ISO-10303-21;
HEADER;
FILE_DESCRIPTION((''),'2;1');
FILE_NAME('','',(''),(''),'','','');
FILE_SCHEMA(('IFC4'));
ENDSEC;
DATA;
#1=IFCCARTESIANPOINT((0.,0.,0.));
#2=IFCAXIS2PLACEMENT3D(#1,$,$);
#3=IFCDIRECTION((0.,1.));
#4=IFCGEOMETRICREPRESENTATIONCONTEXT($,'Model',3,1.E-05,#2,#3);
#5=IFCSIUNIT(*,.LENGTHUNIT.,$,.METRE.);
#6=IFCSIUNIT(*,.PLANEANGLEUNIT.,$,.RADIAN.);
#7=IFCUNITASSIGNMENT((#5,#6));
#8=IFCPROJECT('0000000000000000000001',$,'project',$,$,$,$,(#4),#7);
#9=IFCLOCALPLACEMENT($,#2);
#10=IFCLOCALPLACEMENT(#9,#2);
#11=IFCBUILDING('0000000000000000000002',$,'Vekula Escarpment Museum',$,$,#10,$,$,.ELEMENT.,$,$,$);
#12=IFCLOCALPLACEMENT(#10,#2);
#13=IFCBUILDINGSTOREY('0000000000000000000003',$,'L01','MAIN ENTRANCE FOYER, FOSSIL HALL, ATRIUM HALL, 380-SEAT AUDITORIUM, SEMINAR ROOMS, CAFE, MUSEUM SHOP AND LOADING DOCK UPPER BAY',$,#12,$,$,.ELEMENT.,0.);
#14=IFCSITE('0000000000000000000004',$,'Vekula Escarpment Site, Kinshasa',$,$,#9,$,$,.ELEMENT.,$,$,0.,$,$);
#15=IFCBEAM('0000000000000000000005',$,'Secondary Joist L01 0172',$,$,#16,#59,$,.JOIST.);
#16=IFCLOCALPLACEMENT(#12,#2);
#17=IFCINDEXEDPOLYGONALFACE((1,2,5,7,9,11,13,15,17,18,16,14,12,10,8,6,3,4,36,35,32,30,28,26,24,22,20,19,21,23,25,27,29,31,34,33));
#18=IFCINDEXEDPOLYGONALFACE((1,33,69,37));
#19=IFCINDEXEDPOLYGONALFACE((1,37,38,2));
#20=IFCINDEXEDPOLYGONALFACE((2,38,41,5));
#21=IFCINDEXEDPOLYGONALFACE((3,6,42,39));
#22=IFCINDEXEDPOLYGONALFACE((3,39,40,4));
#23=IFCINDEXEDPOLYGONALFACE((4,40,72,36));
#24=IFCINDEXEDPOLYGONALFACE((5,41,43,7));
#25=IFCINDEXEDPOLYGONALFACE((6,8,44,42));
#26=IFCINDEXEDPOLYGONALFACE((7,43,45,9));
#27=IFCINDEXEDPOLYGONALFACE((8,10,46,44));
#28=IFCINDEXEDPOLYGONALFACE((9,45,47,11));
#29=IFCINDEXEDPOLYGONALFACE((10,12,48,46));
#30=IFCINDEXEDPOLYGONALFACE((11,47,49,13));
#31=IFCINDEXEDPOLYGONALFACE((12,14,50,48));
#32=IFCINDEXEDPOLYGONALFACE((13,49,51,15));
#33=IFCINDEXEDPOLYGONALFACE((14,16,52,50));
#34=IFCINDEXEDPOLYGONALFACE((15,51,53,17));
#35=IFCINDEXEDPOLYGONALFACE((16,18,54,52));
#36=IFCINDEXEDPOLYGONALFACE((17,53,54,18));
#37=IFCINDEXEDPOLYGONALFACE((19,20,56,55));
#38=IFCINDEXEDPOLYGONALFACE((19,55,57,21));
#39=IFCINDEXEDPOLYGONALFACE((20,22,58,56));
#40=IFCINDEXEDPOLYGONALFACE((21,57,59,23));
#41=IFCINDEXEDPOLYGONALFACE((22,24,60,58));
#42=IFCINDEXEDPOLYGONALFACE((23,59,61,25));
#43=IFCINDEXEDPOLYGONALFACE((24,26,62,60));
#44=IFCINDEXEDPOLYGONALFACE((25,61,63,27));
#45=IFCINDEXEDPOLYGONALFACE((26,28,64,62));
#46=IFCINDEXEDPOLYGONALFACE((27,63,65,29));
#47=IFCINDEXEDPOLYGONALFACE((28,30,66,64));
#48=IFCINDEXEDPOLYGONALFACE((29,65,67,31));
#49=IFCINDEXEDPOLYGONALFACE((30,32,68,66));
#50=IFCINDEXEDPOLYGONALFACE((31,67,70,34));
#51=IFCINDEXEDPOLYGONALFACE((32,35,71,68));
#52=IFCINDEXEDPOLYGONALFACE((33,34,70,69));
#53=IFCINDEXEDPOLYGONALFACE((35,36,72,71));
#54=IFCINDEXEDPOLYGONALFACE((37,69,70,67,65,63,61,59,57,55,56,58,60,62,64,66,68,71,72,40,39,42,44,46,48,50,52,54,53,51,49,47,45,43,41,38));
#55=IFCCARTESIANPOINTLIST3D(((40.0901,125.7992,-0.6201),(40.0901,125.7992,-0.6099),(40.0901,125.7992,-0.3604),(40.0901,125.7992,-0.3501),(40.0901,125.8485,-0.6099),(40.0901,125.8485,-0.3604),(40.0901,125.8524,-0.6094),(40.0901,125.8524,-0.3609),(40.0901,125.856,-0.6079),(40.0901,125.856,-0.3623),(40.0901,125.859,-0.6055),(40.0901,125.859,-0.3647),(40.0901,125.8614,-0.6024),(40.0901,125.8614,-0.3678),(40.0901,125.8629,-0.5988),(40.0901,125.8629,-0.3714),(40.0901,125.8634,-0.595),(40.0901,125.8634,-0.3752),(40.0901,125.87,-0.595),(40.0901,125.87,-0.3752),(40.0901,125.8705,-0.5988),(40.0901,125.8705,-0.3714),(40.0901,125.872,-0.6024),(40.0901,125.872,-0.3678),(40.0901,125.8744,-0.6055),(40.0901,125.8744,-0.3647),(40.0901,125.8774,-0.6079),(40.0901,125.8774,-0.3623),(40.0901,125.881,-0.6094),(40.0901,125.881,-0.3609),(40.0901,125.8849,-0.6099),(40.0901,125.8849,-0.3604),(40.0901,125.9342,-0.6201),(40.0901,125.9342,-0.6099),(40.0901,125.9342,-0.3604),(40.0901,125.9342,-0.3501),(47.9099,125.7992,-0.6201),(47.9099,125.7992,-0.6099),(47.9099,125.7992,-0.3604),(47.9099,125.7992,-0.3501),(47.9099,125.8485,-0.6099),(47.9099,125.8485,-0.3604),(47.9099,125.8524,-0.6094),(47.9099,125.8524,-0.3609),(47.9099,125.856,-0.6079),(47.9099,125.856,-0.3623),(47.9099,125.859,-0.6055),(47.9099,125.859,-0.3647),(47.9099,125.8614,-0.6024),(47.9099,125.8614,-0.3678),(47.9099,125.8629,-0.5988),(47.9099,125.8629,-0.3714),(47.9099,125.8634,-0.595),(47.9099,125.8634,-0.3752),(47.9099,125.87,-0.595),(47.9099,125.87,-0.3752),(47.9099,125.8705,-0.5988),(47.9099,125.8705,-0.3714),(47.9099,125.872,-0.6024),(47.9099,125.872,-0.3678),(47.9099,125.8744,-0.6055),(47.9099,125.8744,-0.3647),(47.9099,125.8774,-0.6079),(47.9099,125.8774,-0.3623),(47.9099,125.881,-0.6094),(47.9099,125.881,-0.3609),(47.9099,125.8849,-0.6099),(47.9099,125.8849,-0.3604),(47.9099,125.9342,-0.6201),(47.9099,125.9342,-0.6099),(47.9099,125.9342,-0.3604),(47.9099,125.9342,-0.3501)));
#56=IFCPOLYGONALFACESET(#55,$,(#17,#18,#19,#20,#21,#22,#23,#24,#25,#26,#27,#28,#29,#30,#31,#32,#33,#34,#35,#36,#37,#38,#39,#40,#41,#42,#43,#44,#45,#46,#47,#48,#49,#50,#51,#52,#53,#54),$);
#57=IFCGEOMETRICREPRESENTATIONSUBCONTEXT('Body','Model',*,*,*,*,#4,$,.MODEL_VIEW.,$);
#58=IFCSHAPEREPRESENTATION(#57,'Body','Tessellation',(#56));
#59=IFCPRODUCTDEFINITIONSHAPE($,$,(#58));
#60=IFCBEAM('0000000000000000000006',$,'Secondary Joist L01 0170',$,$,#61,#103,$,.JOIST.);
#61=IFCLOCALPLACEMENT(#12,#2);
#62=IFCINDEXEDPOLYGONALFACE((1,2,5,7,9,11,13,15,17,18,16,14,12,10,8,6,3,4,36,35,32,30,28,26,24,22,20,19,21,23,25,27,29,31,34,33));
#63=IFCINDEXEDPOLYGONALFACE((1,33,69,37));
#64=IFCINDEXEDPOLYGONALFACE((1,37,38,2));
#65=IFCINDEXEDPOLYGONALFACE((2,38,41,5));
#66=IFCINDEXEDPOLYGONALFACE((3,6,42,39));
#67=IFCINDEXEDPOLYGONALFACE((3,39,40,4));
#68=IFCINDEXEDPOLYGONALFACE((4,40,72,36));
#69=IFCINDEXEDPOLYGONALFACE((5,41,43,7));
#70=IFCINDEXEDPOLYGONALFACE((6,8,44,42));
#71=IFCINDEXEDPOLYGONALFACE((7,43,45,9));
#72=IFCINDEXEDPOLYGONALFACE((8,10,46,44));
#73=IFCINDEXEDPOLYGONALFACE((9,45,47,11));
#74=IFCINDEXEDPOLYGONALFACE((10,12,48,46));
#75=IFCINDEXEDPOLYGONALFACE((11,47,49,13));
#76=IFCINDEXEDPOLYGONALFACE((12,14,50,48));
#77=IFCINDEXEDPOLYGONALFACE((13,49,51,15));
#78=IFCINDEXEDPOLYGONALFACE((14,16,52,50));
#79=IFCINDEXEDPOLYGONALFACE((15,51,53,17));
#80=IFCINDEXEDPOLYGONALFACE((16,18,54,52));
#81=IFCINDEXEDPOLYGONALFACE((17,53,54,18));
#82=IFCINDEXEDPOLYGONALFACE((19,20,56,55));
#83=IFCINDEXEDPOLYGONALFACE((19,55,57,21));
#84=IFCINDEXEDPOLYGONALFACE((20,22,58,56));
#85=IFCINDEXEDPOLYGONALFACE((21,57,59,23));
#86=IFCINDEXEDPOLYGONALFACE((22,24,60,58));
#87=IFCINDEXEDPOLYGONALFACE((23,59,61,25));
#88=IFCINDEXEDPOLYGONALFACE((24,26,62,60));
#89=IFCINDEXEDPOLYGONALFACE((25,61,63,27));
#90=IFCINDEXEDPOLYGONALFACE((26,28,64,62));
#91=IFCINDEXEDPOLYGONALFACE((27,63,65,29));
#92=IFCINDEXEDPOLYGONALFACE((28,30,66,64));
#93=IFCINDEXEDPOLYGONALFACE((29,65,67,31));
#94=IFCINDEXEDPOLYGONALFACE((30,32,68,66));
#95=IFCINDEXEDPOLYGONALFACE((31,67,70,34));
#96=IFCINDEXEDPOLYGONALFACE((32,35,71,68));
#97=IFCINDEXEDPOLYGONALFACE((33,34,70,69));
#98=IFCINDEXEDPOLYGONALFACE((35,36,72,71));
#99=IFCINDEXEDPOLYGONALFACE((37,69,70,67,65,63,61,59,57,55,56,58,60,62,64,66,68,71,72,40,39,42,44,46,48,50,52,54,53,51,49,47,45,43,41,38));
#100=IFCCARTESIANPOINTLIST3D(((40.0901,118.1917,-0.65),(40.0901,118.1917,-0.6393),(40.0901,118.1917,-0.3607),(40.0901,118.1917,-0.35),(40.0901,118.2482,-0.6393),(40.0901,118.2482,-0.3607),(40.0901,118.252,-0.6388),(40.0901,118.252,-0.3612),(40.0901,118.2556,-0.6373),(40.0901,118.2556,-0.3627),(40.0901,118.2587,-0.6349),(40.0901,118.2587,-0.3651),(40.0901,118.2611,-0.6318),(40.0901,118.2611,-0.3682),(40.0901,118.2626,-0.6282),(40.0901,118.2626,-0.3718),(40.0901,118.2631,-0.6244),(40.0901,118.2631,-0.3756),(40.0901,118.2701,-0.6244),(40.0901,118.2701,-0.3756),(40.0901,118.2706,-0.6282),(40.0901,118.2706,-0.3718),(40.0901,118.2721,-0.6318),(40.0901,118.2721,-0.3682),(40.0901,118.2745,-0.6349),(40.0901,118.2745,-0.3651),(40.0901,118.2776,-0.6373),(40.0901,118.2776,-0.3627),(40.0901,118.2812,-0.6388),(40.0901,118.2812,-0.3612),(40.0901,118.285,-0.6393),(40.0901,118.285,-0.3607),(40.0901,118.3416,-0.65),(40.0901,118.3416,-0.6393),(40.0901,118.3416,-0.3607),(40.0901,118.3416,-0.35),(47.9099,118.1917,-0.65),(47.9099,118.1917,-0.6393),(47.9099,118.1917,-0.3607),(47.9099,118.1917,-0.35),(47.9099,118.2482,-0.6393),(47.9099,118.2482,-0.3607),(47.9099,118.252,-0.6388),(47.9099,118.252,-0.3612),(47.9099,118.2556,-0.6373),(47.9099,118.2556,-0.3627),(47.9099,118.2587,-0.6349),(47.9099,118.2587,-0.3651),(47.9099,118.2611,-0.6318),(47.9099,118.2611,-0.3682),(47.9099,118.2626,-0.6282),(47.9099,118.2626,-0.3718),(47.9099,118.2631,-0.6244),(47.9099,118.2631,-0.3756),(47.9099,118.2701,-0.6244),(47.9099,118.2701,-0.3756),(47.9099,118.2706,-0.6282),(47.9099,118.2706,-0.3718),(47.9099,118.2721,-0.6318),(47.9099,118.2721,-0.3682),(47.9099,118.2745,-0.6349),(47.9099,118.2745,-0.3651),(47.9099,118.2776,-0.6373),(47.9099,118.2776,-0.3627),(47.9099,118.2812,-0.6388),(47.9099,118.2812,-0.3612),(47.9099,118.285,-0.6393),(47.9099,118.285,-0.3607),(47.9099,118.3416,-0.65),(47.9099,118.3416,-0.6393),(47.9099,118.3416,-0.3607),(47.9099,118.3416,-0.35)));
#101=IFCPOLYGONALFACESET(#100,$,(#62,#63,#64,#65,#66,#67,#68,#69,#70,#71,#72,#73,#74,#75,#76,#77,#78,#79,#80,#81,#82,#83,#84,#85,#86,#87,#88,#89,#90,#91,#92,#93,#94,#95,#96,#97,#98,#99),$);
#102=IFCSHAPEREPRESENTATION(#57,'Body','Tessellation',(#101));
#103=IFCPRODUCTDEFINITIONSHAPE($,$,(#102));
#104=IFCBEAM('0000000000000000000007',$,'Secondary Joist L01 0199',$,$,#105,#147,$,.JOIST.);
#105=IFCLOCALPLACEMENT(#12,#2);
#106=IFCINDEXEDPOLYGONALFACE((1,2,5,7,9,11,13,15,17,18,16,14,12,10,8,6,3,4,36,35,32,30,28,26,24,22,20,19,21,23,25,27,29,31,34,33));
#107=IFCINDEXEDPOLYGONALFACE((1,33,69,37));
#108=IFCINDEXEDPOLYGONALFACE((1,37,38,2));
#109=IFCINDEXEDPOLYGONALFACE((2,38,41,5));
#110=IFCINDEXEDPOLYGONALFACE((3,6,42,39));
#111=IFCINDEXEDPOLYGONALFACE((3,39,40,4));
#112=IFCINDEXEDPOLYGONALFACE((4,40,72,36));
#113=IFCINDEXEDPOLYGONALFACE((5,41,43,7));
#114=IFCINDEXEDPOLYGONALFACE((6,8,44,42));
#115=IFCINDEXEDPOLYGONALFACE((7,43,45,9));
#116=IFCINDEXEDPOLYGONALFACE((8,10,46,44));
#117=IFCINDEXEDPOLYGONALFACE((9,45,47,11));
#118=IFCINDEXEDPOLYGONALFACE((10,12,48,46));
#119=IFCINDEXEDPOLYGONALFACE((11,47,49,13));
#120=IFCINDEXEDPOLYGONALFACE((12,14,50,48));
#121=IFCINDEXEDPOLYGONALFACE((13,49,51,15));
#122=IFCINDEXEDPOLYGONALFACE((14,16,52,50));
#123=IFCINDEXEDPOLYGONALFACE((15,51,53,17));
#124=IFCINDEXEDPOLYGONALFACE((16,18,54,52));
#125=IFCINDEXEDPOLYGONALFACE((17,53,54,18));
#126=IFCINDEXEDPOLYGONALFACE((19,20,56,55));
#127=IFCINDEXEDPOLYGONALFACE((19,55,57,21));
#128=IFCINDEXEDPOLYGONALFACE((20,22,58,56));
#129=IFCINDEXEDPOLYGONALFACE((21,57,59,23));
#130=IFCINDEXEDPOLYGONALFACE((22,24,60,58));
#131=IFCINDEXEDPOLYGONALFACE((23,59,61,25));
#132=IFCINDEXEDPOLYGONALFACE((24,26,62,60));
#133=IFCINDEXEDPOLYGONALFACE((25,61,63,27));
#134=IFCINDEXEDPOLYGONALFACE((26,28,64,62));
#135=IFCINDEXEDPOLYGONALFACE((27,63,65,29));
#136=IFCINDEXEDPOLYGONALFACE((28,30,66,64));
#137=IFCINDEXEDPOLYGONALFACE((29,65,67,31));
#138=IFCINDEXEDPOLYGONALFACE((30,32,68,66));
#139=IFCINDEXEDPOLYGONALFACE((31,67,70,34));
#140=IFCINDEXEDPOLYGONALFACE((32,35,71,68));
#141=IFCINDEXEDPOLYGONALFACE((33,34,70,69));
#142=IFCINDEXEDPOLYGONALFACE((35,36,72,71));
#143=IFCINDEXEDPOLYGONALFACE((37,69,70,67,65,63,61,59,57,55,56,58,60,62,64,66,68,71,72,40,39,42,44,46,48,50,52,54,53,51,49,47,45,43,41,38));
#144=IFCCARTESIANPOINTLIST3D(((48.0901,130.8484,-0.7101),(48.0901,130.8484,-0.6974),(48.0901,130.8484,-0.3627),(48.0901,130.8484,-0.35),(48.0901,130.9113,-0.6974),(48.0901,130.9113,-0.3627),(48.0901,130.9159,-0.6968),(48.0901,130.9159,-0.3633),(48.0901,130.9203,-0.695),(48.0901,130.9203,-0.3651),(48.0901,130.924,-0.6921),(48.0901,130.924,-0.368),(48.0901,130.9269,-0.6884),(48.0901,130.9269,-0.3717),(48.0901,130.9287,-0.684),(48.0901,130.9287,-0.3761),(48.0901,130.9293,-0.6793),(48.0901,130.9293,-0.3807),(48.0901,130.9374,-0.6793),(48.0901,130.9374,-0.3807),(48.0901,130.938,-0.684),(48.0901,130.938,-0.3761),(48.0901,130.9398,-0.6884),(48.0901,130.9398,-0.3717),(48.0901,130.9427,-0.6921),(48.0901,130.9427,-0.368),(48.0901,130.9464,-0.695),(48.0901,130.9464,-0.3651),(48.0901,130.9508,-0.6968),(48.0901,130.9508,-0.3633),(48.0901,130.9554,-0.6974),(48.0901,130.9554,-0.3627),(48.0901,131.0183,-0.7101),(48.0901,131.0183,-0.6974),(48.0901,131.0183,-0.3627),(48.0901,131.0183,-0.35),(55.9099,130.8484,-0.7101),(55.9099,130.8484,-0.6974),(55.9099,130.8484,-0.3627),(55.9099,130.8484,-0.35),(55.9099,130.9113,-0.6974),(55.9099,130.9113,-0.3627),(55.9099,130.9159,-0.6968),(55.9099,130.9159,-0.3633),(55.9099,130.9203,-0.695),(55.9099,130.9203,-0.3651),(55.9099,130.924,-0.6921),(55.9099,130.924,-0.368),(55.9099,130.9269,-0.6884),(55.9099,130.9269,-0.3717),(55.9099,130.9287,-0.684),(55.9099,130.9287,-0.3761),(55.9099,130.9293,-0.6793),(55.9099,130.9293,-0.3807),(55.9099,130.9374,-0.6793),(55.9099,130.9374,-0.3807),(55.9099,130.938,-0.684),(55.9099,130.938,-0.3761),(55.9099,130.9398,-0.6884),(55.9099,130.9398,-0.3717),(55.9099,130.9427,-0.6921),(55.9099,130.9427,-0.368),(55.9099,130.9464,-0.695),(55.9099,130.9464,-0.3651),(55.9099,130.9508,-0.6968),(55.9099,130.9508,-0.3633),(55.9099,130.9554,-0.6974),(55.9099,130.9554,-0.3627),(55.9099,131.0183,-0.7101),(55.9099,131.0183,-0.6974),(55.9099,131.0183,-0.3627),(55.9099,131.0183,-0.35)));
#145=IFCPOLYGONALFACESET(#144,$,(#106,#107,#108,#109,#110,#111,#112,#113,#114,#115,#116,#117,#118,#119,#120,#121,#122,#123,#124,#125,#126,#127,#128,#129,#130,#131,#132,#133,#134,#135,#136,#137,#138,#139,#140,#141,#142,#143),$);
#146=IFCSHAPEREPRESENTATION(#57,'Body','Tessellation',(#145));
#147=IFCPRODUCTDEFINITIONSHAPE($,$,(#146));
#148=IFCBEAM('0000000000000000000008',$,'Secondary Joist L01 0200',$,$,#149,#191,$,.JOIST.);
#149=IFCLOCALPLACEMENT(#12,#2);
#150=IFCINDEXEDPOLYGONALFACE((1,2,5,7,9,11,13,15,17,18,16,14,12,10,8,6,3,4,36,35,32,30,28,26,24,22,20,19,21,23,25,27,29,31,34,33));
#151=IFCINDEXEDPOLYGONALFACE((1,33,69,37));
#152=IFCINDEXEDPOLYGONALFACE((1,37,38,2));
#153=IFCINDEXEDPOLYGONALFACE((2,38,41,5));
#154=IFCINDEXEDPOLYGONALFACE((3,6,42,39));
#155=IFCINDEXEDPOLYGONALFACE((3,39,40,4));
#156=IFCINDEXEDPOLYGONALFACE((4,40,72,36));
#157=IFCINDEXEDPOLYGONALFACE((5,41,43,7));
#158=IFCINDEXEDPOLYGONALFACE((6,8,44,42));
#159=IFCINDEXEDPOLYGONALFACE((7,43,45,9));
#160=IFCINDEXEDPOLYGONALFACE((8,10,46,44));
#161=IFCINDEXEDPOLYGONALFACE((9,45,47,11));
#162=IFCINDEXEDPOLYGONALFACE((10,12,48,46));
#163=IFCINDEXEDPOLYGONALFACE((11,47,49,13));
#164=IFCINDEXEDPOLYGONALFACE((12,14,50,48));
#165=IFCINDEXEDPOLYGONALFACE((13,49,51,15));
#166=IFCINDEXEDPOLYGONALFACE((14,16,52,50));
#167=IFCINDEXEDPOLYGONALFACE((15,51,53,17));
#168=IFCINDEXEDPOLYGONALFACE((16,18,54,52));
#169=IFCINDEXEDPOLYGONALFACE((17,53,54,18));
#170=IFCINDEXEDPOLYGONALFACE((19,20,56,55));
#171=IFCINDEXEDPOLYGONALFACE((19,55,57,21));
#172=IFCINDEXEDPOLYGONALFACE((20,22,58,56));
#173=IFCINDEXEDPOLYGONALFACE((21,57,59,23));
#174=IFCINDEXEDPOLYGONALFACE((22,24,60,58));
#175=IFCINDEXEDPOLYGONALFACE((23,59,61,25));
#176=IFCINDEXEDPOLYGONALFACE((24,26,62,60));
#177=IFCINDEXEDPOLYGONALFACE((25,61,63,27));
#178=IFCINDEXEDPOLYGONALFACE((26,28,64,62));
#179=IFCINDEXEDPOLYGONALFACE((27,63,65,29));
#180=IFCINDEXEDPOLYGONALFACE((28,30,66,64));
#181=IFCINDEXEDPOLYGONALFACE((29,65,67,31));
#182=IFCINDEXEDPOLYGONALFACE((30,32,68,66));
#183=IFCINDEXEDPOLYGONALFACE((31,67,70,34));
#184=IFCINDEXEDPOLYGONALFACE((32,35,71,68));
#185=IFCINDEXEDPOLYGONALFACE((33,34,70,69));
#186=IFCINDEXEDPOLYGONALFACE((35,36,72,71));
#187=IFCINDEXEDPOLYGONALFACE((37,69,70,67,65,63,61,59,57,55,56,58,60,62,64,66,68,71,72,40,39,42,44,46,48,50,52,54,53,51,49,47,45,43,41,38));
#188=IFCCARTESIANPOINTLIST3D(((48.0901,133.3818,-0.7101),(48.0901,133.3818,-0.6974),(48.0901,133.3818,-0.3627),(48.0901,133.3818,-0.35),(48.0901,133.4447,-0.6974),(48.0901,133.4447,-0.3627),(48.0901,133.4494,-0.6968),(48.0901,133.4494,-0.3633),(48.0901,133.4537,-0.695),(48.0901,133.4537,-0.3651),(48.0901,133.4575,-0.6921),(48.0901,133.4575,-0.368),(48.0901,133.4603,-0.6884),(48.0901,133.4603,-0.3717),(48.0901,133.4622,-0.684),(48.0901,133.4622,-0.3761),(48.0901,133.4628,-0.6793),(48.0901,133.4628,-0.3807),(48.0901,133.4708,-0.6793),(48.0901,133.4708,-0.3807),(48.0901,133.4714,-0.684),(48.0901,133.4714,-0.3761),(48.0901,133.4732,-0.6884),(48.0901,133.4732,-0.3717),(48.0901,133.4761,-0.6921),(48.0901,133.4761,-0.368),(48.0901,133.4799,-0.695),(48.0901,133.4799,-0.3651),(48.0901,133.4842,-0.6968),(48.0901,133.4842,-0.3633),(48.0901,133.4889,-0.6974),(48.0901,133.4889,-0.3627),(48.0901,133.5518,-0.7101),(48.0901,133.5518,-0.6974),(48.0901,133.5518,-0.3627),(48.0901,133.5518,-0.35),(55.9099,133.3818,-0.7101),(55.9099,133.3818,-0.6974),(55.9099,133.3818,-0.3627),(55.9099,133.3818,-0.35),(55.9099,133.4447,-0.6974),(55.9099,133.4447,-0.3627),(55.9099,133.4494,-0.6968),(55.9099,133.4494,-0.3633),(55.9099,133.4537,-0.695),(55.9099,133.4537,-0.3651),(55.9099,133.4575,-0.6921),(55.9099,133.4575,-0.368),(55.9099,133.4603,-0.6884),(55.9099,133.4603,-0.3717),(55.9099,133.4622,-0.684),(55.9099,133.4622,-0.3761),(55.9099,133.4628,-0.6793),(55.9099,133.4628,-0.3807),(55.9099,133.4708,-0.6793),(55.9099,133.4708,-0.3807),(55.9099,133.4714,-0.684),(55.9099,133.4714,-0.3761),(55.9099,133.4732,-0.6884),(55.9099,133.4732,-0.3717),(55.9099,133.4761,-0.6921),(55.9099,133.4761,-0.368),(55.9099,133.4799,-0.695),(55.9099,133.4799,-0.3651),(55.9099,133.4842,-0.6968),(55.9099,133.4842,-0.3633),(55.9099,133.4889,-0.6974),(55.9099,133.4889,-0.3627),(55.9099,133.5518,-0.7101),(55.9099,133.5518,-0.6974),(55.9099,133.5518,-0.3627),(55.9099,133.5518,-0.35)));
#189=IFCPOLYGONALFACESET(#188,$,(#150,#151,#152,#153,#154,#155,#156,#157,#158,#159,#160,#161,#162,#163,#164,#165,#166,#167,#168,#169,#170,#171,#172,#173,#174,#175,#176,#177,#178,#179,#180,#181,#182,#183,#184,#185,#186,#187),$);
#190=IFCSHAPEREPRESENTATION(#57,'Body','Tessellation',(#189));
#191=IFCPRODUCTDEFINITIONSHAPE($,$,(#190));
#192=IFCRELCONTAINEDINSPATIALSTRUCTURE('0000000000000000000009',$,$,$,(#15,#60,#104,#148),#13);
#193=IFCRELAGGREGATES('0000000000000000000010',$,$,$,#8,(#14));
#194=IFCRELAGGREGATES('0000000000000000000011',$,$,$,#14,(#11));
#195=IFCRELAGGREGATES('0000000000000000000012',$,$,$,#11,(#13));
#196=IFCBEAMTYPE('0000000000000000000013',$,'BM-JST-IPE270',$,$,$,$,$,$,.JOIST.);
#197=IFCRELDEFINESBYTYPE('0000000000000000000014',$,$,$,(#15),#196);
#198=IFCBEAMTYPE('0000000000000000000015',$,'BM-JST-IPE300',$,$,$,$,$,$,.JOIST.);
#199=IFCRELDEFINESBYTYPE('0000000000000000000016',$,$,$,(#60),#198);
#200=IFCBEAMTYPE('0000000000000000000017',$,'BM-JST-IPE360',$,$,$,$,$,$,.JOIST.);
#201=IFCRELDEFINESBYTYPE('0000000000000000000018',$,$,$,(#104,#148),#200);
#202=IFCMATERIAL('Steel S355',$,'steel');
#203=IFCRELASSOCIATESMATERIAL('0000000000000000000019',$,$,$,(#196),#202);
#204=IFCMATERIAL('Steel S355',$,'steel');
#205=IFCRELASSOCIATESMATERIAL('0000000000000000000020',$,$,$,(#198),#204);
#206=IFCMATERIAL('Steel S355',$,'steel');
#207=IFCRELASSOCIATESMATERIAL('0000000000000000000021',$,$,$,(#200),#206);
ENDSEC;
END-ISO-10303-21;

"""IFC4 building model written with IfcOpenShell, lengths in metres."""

from ifc_helpers import new_model, si_unit, direction, frame, origin, origin_2d, place, context, subcontext, project, spatial, i_section, extrude, material, material_profile, profile_set, type_object, element, save


model = new_model("IFC4")

# Units and contexts
model_context = context("Model", 3, precision=1e-05, world=origin(), true_north=direction((0.0, 1.0)))
body_context = subcontext(model_context, "Body", "Model", "MODEL_VIEW")
ifc_project = project(units=[si_unit("LENGTHUNIT", "METRE"), si_unit("PLANEANGLEUNIT", "RADIAN")], contexts=[model_context])

# Site, building, storey
site_placement = place(None, origin())
site = spatial("IfcSite", under=ifc_project, at=site_placement, Name="Vekula Escarpment Site, Kinshasa", CompositionType="ELEMENT", RefElevation=0.0)
building_placement = place(site_placement, origin())
building = spatial("IfcBuilding", under=site, at=building_placement, Name="Vekula Escarpment Museum", CompositionType="ELEMENT")
storey_placement = place(building_placement, origin())
storey = spatial("IfcBuildingStorey", under=building, at=storey_placement, Name="L01", Description="MAIN ENTRANCE FOYER, FOSSIL HALL, ATRIUM HALL, 380-SEAT AUDITORIUM, SEMINAR ROOMS, CAFE, MUSEUM SHOP AND LOADING DOCK UPPER BAY", CompositionType="ELEMENT", Elevation=0.0)

# Beams
ifc_material_1 = material(Name="Steel S355", Category="steel")
ifc_material_profile_1 = material_profile(ifc_material_1, i_section(OverallWidth=0.135, OverallDepth=0.27, WebThickness=0.0066, FlangeThickness=0.0103, FilletRadius=0.0149, at=origin_2d()), Name="IPE 270")
ifc_profile_set_1 = profile_set([ifc_material_profile_1], Name="Steel S355")
beam_type_1 = type_object("IfcBeamType", Name="BM-JST-IPE270", PredefinedType="JOIST", material=ifc_profile_set_1)
for number, where, z_axis, x_axis, name in (
    (1, (40.0901, 125.8667, -0.4851), (1.0, 0.0, 0.0), (0.0, 1.0, 0.0), "Secondary Joist L01 0172"),
):
    element("IfcBeam", number, at=place(storey_placement, frame(where, z_axis=z_axis, x_axis=x_axis)), inside=storey, type_object=beam_type_1, Name=name, PredefinedType="JOIST", context=body_context, shape_type="SweptSolid", body=[
        extrude(i_section(OverallWidth=0.135, OverallDepth=0.27, WebThickness=0.0066, FlangeThickness=0.0103, FilletRadius=0.0149, at=origin_2d()), origin(), (0.0, 0.0, 1.0), 7.8198),
    ])
ifc_material_2 = material(Name="Steel S355", Category="steel")
ifc_material_profile_2 = material_profile(ifc_material_2, i_section(OverallWidth=0.1499, OverallDepth=0.3, WebThickness=0.0071, FlangeThickness=0.0107, FilletRadius=0.0149, at=origin_2d()), Name="IPE 300")
ifc_profile_set_2 = profile_set([ifc_material_profile_2], Name="Steel S355")
beam_type_2 = type_object("IfcBeamType", Name="BM-JST-IPE300", PredefinedType="JOIST", material=ifc_profile_set_2)
beam_1_placement = place(storey_placement, frame((40.0901, 118.2666, -0.5), z_axis=(1.0, 0.0, 0.0), x_axis=(0.0, 1.0, 0.0)))
element("IfcBeam", 2, at=beam_1_placement, inside=storey, type_object=beam_type_2, Name="Secondary Joist L01 0170", PredefinedType="JOIST", context=body_context, shape_type="SweptSolid", body=[
    extrude(i_section(OverallWidth=0.1499, OverallDepth=0.3, WebThickness=0.0071, FlangeThickness=0.0107, FilletRadius=0.0149, at=origin_2d()), origin(), (0.0, 0.0, 1.0), 7.8198),
])
ifc_material_3 = material(Name="Steel S355", Category="steel")
ifc_material_profile_3 = material_profile(ifc_material_3, i_section(OverallWidth=0.1699, OverallDepth=0.3601, WebThickness=0.0081, FlangeThickness=0.0127, FilletRadius=0.0181, at=origin_2d()), Name="IPE 360")
ifc_profile_set_3 = profile_set([ifc_material_profile_3], Name="Steel S355")
beam_type_3 = type_object("IfcBeamType", Name="BM-JST-IPE360", PredefinedType="JOIST", material=ifc_profile_set_3)
for number, where, z_axis, x_axis, name in (
    (3, (48.0901, 130.9333, -0.53), (1.0, 0.0, 0.0), (0.0, 1.0, 0.0), "Secondary Joist L01 0199"),
    (4, (48.0901, 133.4668, -0.53), (1.0, 0.0, 0.0), (0.0, 1.0, 0.0), "Secondary Joist L01 0200"),
):
    element("IfcBeam", number, at=place(storey_placement, frame(where, z_axis=z_axis, x_axis=x_axis)), inside=storey, type_object=beam_type_3, Name=name, PredefinedType="JOIST", context=body_context, shape_type="SweptSolid", body=[
        extrude(i_section(OverallWidth=0.1699, OverallDepth=0.3601, WebThickness=0.0081, FlangeThickness=0.0127, FilletRadius=0.0181, at=origin_2d()), origin(), (0.0, 0.0, 1.0), 7.8198),
    ])

save(model, "model.ifc")
